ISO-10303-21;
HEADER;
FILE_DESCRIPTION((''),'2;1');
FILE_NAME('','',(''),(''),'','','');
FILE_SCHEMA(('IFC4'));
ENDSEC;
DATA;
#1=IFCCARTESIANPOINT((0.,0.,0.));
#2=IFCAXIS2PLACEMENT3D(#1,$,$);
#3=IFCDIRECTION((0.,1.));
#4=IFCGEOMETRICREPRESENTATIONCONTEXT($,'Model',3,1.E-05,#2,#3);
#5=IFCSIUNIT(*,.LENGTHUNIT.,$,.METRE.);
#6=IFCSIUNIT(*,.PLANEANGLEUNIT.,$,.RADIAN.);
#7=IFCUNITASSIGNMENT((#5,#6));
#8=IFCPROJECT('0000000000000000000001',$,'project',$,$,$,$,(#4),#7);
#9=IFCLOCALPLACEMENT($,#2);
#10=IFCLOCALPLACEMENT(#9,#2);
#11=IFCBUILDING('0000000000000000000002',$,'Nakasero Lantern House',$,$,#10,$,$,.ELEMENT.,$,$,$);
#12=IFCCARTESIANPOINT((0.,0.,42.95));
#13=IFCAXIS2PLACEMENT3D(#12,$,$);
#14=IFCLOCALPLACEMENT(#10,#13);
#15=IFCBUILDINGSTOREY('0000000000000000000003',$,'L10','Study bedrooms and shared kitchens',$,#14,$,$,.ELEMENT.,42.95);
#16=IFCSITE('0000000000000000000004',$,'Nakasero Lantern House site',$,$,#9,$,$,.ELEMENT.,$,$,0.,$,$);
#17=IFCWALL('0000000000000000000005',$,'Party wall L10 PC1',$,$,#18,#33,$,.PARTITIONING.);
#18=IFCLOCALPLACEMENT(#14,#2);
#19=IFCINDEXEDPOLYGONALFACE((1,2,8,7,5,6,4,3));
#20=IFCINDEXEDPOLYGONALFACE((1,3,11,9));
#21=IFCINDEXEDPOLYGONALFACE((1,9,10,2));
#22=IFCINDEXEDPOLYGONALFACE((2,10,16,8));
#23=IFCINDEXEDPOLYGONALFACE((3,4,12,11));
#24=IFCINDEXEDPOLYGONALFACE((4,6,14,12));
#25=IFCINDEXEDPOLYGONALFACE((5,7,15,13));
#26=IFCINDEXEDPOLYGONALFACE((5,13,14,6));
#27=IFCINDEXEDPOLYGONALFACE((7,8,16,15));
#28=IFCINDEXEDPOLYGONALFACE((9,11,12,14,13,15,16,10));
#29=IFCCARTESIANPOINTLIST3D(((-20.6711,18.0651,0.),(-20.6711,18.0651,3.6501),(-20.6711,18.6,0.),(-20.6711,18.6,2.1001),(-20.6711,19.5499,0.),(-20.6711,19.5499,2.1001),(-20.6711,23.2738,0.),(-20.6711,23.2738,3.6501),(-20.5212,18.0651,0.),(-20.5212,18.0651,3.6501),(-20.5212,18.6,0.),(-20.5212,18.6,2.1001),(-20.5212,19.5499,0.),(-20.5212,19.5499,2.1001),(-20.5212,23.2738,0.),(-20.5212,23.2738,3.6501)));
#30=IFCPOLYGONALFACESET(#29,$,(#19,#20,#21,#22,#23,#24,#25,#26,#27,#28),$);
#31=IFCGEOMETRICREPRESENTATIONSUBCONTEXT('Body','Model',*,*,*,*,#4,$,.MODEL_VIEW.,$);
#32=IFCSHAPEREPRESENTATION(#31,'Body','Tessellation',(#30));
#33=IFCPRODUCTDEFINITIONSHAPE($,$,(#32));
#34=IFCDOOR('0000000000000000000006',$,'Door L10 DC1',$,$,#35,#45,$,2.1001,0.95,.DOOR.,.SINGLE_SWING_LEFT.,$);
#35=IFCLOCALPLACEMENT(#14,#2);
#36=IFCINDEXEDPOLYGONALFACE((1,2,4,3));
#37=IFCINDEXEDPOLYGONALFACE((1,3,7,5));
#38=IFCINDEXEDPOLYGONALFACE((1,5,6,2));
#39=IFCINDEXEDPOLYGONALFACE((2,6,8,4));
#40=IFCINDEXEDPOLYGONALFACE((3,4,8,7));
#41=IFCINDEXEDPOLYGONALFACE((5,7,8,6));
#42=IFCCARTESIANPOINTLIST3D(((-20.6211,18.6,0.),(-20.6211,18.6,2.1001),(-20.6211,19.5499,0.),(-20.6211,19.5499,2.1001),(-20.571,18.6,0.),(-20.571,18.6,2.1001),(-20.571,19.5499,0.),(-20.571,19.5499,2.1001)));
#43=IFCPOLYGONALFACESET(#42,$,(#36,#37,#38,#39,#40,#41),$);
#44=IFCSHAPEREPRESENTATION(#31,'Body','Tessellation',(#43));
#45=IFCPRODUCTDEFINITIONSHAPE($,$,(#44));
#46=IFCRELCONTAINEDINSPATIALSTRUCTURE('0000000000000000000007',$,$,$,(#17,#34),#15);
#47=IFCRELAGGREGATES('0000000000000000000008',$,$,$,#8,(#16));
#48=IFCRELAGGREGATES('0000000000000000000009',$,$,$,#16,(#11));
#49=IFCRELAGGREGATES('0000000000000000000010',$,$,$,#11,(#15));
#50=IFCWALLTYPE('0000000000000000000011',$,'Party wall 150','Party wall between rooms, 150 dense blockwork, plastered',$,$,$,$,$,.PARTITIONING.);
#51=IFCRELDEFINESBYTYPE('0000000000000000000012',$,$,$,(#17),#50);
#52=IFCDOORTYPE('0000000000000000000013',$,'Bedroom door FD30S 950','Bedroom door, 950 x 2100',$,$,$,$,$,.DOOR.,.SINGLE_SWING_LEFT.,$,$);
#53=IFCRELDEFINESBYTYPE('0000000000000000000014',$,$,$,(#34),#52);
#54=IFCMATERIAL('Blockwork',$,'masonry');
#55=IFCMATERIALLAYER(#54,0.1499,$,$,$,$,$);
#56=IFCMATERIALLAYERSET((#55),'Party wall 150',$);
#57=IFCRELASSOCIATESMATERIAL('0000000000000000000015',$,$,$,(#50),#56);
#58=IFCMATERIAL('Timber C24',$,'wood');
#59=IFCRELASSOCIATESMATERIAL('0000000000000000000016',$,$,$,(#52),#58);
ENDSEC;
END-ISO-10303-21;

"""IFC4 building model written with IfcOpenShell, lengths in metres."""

from ifc_helpers import new_model, si_unit, direction, frame, frame_2d, origin, place, context, subcontext, project, spatial, rectangle, extrude, material, layer, layer_set, type_object, element, fill, save


model = new_model("IFC4")

# Units and contexts
model_context = context("Model", 3, precision=1e-05, world=origin(), true_north=direction((0.0, 1.0)))
body_context = subcontext(model_context, "Body", "Model", "MODEL_VIEW")
ifc_project = project(units=[si_unit("LENGTHUNIT", "METRE"), si_unit("PLANEANGLEUNIT", "RADIAN")], contexts=[model_context])

# Site, building, storey
site_placement = place(None, origin())
site = spatial("IfcSite", under=ifc_project, at=site_placement, Name="Nakasero Lantern House site", CompositionType="ELEMENT", RefElevation=0.0)
building_placement = place(site_placement, origin())
building = spatial("IfcBuilding", under=site, at=building_placement, Name="Nakasero Lantern House", CompositionType="ELEMENT")
storey_placement = place(building_placement, frame((0.0, 0.0, 42.95)))
storey = spatial("IfcBuildingStorey", under=building, at=storey_placement, Name="L10", Description="Study bedrooms and shared kitchens", CompositionType="ELEMENT", Elevation=42.95)

# Wall, opening, door
ifc_material_1 = material(Name="Blockwork", Category="masonry")
ifc_layer_1 = layer(ifc_material_1, 0.1499)
ifc_layer_set_1 = layer_set([ifc_layer_1], Name="Party wall 150")
wall_type_1 = type_object("IfcWallType", Name="Party wall 150", Description="Party wall between rooms, 150 dense blockwork, plastered", PredefinedType="PARTITIONING", material=ifc_layer_set_1)
wall_1_placement = place(storey_placement, frame((-20.5962, 18.0649, 0.0), z_axis=(0.0, 0.0, 1.0), x_axis=(0.0, 1.0, 0.0)))
wall_1 = element("IfcWall", 1, at=wall_1_placement, inside=storey, type_object=wall_type_1, Name="Party wall L10 PC1", PredefinedType="PARTITIONING", context=body_context, shape_type="SweptSolid", body=[
    extrude(rectangle(XDim=5.2087, YDim=0.1499, at=frame_2d((2.6045, 0.0))), origin(), (0.0, 0.0, 1.0), 3.6501),
])
opening_1_placement = place(wall_1_placement, frame((0.5349, 0.0, 0.0)))
opening_1 = element("IfcOpeningElement", 2, at=opening_1_placement, cuts=wall_1, PredefinedType="OPENING", context=body_context, shape_type="SweptSolid", body=[
    extrude(rectangle(XDim=0.95, YDim=2.1001, at=frame_2d((0.4751, 1.05))), frame((0.0, 0.095, 0.0), z_axis=(0.0, -1.0, 0.0), x_axis=(1.0, 0.0, 0.0)), (0.0, 0.0, 1.0), 0.1899),
])
ifc_material_2 = material(Name="Timber C24", Category="wood")
door_type_1 = type_object("IfcDoorType", Name="Bedroom door FD30S 950", Description="Bedroom door, 950 x 2100", OperationType="SINGLE_SWING_LEFT", PredefinedType="DOOR", material=ifc_material_2)
door_1_placement = place(opening_1_placement, origin())
door_1 = element("IfcDoor", 3, at=door_1_placement, inside=storey, type_object=door_type_1, Name="Door L10 DC1", OperationType="SINGLE_SWING_LEFT", OverallHeight=2.1001, OverallWidth=0.95, PredefinedType="DOOR", context=body_context, shape_type="SweptSolid", body=[
    extrude(rectangle(XDim=0.95, YDim=2.1001, at=frame_2d((0.4751, 1.05))), frame((0.0, 0.0249, 0.0), z_axis=(0.0, -1.0, 0.0), x_axis=(1.0, 0.0, 0.0)), (0.0, 0.0, 1.0), 0.05),
])
fill(opening_1, door_1)

save(model, "model.ifc")
